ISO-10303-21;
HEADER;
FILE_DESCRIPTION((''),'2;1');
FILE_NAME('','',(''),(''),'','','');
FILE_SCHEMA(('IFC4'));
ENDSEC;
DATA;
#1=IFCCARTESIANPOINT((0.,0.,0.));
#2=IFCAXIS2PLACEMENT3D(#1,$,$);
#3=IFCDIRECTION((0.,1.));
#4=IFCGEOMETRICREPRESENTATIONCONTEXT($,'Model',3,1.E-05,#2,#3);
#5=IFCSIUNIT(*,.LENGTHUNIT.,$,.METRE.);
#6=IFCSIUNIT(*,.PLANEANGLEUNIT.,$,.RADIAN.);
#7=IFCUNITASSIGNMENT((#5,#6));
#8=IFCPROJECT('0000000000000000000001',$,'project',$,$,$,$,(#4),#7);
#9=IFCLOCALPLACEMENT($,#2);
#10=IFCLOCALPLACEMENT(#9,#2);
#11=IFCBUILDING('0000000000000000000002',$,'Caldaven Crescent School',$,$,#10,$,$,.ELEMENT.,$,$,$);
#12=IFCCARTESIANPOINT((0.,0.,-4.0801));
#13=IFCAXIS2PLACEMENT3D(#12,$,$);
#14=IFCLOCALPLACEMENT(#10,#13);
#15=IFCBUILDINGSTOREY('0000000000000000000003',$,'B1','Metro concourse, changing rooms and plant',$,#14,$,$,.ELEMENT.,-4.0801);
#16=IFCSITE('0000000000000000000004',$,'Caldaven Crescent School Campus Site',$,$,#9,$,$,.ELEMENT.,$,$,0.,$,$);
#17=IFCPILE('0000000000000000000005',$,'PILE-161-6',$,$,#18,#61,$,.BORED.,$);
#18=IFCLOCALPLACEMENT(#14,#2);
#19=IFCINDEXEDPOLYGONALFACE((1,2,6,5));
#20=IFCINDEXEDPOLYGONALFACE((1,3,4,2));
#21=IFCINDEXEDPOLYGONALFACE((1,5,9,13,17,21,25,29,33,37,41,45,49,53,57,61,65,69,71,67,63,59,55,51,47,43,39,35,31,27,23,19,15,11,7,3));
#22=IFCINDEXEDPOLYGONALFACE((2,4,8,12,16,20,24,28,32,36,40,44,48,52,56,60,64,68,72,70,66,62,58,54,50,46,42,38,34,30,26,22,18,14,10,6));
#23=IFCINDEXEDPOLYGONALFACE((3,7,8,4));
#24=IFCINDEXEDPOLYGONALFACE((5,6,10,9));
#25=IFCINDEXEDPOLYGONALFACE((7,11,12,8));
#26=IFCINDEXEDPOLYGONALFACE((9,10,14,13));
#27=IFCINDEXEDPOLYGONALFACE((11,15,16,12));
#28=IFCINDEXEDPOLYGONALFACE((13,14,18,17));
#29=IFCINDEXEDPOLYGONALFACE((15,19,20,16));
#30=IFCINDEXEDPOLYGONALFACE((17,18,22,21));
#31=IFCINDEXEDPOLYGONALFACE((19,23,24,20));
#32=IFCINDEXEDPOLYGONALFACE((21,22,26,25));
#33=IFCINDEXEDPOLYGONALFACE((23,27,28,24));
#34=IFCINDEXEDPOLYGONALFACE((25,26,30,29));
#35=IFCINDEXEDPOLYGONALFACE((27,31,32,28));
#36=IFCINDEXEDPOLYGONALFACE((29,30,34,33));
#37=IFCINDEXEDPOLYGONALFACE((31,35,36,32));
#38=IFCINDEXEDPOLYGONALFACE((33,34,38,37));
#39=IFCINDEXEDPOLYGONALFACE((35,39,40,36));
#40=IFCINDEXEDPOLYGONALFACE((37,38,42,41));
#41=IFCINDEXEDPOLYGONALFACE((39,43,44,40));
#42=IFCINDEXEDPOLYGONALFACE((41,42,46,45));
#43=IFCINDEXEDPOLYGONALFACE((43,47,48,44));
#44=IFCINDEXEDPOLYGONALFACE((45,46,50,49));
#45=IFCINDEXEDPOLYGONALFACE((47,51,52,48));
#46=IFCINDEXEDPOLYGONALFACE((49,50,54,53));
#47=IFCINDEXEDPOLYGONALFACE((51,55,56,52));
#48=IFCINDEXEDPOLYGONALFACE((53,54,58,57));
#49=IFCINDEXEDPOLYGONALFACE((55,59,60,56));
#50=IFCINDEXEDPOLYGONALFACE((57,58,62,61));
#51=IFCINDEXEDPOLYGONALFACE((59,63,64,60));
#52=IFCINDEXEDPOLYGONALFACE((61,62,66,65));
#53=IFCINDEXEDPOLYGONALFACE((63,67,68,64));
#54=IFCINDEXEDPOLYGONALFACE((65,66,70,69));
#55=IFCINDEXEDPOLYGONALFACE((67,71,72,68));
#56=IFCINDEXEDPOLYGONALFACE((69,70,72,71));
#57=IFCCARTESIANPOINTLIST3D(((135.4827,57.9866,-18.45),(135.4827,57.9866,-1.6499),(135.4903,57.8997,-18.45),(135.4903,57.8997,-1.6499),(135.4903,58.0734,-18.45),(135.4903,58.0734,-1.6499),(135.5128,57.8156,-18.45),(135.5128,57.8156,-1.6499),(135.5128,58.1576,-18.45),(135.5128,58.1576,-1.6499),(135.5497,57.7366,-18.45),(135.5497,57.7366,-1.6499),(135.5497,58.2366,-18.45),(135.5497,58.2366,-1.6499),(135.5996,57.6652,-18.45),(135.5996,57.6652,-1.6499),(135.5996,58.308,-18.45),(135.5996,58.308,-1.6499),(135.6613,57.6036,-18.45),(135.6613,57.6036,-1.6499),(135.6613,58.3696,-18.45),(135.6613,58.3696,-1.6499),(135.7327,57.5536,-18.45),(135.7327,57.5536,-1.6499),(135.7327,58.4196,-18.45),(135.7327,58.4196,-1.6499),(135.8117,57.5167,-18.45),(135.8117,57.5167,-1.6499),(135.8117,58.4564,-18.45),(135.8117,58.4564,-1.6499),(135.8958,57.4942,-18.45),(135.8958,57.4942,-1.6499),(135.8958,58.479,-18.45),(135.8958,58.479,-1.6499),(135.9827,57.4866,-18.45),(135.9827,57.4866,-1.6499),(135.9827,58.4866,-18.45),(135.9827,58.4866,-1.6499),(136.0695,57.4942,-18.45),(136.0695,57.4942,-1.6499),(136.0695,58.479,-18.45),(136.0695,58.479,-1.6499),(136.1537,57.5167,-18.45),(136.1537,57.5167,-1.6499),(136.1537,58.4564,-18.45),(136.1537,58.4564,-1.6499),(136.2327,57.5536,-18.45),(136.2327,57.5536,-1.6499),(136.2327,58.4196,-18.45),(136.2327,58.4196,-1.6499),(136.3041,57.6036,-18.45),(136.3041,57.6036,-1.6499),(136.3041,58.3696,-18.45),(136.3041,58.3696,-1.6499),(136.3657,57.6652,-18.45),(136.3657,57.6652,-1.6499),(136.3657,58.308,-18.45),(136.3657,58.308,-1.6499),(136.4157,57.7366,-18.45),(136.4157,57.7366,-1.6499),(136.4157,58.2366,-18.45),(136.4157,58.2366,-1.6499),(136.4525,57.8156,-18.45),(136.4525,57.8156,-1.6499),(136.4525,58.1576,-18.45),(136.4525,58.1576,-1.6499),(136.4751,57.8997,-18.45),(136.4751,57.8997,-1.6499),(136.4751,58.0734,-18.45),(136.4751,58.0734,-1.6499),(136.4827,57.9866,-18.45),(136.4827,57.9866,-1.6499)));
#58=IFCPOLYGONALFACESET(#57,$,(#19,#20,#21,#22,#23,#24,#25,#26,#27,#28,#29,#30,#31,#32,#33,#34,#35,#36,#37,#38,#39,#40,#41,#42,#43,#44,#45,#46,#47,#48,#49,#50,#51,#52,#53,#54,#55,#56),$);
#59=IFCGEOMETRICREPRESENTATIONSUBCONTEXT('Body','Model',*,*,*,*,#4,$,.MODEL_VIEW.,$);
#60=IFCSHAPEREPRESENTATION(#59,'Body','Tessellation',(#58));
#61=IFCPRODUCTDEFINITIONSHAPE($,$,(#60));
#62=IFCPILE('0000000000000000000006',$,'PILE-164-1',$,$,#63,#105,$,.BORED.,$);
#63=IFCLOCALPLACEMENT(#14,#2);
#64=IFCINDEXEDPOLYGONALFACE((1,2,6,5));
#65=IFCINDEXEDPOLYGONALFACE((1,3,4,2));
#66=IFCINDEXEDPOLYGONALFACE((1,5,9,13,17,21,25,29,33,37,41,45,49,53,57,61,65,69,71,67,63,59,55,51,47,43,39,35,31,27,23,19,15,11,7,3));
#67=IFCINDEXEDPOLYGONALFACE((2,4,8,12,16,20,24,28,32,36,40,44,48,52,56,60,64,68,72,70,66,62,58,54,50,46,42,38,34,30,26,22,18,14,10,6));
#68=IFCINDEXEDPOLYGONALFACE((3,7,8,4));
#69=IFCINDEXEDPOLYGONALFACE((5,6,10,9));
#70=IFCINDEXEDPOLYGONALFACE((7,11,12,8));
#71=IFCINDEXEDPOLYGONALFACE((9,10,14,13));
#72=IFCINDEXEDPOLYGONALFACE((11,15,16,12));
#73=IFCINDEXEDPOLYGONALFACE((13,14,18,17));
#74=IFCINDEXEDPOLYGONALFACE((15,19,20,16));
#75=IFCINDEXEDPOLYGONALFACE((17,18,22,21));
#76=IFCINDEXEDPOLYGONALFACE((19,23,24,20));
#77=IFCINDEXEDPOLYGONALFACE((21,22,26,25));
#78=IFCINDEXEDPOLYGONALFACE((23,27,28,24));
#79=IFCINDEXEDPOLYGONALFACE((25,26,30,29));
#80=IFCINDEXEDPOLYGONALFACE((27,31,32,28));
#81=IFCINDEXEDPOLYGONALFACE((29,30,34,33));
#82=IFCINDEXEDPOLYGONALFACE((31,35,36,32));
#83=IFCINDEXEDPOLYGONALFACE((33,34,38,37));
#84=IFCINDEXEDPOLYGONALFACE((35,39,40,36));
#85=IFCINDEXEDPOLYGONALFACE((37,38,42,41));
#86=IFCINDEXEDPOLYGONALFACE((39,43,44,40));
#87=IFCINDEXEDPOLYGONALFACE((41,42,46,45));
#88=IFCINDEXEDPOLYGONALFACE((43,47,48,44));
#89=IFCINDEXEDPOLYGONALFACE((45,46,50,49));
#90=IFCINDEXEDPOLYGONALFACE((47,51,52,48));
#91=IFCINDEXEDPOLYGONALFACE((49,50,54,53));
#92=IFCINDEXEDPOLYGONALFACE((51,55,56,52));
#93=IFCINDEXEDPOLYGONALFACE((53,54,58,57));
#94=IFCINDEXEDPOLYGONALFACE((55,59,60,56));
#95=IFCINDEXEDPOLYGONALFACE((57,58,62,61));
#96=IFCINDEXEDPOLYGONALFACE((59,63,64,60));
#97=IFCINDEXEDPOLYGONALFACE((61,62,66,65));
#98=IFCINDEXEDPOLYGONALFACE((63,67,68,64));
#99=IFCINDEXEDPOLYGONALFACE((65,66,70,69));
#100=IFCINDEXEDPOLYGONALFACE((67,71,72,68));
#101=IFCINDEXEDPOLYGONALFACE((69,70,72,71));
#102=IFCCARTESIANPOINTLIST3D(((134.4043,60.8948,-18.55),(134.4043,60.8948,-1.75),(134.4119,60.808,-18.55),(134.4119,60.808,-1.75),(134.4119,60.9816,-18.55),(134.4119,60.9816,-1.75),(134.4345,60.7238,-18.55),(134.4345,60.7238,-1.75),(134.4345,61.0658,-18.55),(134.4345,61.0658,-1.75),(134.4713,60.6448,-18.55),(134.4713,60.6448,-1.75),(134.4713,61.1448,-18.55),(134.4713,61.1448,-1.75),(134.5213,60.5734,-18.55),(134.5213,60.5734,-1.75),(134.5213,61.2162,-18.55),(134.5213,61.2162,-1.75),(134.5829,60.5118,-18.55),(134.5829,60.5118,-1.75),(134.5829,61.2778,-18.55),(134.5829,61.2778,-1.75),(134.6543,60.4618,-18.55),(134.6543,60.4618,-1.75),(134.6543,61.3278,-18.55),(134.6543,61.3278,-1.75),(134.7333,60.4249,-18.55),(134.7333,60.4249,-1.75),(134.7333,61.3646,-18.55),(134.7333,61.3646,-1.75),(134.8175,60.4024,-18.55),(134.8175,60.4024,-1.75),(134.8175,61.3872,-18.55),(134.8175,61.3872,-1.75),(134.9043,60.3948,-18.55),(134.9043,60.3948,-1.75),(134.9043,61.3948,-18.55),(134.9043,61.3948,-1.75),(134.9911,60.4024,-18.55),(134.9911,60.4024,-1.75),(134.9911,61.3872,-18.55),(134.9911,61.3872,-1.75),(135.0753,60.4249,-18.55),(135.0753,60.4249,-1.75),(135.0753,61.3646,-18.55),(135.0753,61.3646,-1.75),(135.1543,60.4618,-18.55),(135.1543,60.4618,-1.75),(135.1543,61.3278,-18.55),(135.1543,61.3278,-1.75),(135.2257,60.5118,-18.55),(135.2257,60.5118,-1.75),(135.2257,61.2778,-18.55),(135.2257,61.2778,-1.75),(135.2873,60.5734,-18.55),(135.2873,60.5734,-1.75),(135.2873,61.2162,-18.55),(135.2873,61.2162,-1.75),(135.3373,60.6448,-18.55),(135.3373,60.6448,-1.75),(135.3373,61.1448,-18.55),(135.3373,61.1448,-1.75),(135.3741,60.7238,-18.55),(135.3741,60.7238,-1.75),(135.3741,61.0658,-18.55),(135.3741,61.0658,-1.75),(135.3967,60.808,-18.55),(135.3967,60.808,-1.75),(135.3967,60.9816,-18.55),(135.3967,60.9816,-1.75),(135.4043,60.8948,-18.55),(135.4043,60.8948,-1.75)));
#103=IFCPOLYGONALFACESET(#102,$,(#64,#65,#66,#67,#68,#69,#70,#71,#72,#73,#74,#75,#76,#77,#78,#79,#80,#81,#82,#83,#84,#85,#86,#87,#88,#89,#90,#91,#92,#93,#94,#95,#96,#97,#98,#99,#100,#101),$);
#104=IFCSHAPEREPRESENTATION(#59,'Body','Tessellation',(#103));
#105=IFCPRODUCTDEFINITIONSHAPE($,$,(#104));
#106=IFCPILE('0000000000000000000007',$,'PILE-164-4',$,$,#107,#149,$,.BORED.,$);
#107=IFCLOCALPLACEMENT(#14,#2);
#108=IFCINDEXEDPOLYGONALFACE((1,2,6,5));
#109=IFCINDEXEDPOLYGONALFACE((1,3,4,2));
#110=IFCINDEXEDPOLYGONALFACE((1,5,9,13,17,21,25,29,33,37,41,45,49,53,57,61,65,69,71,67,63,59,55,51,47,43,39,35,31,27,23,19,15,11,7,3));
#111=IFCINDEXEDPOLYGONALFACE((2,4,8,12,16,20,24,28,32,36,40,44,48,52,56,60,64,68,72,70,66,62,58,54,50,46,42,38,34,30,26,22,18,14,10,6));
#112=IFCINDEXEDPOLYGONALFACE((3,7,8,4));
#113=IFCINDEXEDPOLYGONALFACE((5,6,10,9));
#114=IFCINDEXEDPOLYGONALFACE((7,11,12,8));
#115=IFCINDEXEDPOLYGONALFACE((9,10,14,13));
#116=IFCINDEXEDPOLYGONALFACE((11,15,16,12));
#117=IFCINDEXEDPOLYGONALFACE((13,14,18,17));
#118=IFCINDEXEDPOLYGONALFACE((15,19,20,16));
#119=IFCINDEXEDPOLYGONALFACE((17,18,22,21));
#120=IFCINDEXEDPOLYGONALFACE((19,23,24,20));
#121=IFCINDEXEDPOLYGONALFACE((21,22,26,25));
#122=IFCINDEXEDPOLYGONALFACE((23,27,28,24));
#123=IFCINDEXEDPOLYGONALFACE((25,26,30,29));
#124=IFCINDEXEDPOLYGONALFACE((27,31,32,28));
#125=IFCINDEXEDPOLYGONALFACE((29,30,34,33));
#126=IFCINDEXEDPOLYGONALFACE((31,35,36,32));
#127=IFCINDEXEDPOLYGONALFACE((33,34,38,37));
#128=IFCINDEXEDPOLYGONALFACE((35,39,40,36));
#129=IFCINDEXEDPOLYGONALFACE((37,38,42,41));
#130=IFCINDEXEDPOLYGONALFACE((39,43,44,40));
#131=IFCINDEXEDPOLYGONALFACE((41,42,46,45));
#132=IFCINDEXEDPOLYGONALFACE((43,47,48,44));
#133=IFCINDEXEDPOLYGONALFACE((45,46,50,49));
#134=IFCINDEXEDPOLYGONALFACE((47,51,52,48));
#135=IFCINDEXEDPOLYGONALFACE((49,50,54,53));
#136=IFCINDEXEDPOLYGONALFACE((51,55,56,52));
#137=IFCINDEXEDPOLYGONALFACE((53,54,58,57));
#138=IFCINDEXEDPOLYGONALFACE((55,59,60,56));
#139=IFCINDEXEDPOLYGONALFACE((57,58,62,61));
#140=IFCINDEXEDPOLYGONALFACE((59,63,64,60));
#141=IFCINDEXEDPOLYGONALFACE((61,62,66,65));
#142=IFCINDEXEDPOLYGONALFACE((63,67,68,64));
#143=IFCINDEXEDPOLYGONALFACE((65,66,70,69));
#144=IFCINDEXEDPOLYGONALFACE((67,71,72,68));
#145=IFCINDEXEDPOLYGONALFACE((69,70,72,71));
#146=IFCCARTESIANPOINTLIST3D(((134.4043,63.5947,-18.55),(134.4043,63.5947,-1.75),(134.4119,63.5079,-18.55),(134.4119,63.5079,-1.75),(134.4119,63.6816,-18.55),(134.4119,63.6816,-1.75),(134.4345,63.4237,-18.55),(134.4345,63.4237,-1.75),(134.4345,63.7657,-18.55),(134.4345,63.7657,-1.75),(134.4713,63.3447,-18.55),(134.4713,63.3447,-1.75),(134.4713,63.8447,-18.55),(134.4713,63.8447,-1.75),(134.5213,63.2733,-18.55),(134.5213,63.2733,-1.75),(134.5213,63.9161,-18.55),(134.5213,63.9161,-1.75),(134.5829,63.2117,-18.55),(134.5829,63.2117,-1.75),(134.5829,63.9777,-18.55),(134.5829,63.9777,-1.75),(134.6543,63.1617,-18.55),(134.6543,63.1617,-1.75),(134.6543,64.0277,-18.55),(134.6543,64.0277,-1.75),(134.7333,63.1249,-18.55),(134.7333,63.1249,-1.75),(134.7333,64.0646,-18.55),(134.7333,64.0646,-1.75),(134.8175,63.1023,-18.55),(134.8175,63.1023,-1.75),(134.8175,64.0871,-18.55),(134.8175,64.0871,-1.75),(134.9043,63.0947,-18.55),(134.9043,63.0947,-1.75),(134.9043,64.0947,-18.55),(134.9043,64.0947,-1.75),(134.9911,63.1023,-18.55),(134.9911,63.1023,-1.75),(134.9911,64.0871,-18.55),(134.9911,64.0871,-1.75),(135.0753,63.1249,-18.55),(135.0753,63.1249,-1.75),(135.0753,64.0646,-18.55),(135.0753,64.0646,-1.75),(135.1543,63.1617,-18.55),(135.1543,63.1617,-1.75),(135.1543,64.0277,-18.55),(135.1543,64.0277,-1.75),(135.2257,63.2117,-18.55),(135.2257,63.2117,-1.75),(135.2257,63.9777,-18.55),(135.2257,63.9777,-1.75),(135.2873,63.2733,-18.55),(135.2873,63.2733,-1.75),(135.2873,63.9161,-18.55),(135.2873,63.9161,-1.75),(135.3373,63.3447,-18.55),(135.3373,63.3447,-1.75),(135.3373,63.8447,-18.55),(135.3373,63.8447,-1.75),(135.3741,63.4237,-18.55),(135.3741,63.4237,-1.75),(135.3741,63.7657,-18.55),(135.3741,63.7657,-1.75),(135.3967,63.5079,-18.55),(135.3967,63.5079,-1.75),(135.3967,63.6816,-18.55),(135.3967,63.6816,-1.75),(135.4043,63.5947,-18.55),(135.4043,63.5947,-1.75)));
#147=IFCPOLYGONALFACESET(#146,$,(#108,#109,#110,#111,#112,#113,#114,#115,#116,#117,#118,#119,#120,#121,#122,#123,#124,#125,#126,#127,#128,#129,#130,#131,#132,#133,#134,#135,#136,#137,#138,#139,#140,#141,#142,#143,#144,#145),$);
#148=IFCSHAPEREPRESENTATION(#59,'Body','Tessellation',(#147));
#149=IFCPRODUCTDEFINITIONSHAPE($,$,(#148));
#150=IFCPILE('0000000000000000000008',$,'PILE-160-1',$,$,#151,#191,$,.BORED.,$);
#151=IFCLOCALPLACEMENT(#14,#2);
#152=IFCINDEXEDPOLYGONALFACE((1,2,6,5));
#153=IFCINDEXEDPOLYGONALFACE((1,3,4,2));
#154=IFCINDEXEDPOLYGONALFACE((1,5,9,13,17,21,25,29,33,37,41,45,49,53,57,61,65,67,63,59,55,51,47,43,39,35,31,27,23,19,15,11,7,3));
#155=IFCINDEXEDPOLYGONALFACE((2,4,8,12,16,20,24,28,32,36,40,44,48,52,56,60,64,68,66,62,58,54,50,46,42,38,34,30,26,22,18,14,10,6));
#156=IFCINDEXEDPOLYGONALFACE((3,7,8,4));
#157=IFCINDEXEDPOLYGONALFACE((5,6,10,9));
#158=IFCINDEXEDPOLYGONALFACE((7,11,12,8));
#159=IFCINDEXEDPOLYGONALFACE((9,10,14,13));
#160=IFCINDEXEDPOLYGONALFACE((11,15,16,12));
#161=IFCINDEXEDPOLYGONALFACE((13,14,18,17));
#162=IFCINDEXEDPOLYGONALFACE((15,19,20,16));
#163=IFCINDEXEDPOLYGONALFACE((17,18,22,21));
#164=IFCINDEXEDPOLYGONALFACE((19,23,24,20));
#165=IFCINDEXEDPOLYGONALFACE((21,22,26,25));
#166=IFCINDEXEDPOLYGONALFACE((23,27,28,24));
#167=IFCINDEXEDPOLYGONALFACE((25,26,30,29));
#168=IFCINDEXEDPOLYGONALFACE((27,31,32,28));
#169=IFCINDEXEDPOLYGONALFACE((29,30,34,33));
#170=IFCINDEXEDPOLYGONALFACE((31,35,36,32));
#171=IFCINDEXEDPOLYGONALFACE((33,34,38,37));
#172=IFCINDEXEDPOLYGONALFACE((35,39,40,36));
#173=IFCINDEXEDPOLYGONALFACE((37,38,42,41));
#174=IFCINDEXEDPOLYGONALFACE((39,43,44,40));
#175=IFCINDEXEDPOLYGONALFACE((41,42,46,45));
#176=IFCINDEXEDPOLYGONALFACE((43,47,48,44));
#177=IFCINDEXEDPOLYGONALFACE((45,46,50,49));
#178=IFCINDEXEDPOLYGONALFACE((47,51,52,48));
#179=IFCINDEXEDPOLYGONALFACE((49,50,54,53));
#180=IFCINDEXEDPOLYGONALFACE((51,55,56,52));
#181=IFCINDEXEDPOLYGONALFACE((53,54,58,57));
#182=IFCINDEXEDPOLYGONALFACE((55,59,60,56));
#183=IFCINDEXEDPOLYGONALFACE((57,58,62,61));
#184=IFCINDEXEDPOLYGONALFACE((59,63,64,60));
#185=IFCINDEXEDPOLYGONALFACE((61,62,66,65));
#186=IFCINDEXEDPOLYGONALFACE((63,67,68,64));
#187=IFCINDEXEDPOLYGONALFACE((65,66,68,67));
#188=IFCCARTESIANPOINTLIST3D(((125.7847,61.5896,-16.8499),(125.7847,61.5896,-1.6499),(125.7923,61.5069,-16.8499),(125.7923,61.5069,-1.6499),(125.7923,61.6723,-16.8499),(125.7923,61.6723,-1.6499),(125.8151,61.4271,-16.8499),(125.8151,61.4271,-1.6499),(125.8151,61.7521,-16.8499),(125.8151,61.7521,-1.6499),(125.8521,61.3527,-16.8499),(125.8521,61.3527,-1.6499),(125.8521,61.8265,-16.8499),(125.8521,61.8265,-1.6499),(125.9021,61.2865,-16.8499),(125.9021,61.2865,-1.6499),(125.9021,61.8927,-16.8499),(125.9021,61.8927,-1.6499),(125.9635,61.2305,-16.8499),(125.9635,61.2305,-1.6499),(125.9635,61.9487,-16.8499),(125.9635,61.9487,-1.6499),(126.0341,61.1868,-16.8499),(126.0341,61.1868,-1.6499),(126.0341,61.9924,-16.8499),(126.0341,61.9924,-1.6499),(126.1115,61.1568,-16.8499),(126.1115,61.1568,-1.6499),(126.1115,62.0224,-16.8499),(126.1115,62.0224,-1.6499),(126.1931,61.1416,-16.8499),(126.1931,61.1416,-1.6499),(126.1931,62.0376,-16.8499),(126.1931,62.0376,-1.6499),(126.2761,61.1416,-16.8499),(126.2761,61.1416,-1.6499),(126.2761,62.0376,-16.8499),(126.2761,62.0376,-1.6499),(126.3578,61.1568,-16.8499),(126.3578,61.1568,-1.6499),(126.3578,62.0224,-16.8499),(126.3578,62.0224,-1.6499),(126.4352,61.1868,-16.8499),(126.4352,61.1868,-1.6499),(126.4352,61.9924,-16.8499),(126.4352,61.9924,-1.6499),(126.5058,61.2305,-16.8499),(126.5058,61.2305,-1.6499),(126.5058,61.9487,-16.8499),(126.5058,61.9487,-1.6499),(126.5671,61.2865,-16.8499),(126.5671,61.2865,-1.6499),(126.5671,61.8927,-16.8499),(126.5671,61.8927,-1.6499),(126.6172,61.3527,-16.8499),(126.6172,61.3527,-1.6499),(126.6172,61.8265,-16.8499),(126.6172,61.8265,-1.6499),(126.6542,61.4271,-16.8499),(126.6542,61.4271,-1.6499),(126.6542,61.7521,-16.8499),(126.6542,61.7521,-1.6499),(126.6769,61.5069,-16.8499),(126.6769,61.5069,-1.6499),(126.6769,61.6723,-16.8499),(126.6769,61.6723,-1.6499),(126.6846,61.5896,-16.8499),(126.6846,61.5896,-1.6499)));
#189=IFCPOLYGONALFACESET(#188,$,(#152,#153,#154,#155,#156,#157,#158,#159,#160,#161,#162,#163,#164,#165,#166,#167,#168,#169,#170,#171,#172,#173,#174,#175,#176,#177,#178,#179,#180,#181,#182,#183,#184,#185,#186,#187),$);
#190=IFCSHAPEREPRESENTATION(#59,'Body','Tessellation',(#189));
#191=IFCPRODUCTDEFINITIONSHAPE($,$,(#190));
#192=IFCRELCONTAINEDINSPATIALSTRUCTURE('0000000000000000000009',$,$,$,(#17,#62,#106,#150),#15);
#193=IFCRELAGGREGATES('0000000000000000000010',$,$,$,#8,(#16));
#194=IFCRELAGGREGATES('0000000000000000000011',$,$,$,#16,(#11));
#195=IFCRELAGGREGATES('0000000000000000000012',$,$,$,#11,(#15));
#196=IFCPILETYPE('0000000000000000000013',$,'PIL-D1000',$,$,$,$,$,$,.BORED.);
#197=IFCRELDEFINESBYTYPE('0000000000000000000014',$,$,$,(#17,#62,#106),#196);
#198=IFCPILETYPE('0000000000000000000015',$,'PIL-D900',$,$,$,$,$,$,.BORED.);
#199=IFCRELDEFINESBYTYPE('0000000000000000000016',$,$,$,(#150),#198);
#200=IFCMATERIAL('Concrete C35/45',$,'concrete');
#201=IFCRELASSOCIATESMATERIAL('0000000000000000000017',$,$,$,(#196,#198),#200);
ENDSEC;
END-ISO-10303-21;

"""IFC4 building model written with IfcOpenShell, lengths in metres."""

from ifc_helpers import new_model, si_unit, direction, frame, origin, origin_2d, place, context, subcontext, project, spatial, circle, extrude, material, material_profile, profile_set, type_object, element, save


model = new_model("IFC4")

# Units and contexts
model_context = context("Model", 3, precision=1e-05, world=origin(), true_north=direction((0.0, 1.0)))
body_context = subcontext(model_context, "Body", "Model", "MODEL_VIEW")
ifc_project = project(units=[si_unit("LENGTHUNIT", "METRE"), si_unit("PLANEANGLEUNIT", "RADIAN")], contexts=[model_context])

# Site, building, storey
site_placement = place(None, origin())
site = spatial("IfcSite", under=ifc_project, at=site_placement, Name="Caldaven Crescent School Campus Site", CompositionType="ELEMENT", RefElevation=0.0)
building_placement = place(site_placement, origin())
building = spatial("IfcBuilding", under=site, at=building_placement, Name="Caldaven Crescent School", CompositionType="ELEMENT")
storey_placement = place(building_placement, frame((0.0, 0.0, -4.0801)))
storey = spatial("IfcBuildingStorey", under=building, at=storey_placement, Name="B1", Description="Metro concourse, changing rooms and plant", CompositionType="ELEMENT", Elevation=-4.0801)

# Shared definitions
ifc_material_1 = material(Name="Concrete C35/45", Category="concrete")

# Piles
ifc_material_profile_1 = material_profile(ifc_material_1, circle(Radius=0.5, at=origin_2d()), Name="PILE D1000")
ifc_profile_set_1 = profile_set([ifc_material_profile_1], Name="Concrete C35/45")
pile_type_1 = type_object("IfcPileType", Name="PIL-D1000", PredefinedType="BORED", material=ifc_profile_set_1)
for number, where, z_axis, x_axis, name in (
    (1, (135.9827, 57.9866, -1.6499), (0.0, 0.0, -1.0), (1.0, 0.0, 0.0), "PILE-161-6"),
    (2, (134.9043, 60.8948, -1.75), (0.0, 0.0, -1.0), (1.0, 0.0, 0.0), "PILE-164-1"),
    (3, (134.9043, 63.5947, -1.75), (0.0, 0.0, -1.0), (1.0, 0.0, 0.0), "PILE-164-4"),
):
    element("IfcPile", number, at=place(storey_placement, frame(where, z_axis=z_axis, x_axis=x_axis)), inside=storey, type_object=pile_type_1, Name=name, PredefinedType="BORED", context=body_context, shape_type="SweptSolid", body=[
        extrude(circle(Radius=0.5, at=origin_2d()), origin(), (0.0, 0.0, 1.0), 16.8),
    ])
ifc_material_profile_2 = material_profile(ifc_material_1, circle(Radius=0.45, at=origin_2d()), Name="PILE D900")
ifc_profile_set_2 = profile_set([ifc_material_profile_2], Name="Concrete C35/45")
pile_type_2 = type_object("IfcPileType", Name="PIL-D900", PredefinedType="BORED", material=ifc_profile_set_2)
for number, where, z_axis, x_axis, name in (
    (4, (126.2346, 61.5896, -1.6499), (0.0, 0.0, -1.0), (1.0, 0.0, 0.0), "PILE-160-1"),
):
    element("IfcPile", number, at=place(storey_placement, frame(where, z_axis=z_axis, x_axis=x_axis)), inside=storey, type_object=pile_type_2, Name=name, PredefinedType="BORED", context=body_context, shape_type="SweptSolid", body=[
        extrude(circle(Radius=0.45, at=origin_2d()), origin(), (0.0, 0.0, 1.0), 15.2),
    ])

save(model, "model.ifc")
